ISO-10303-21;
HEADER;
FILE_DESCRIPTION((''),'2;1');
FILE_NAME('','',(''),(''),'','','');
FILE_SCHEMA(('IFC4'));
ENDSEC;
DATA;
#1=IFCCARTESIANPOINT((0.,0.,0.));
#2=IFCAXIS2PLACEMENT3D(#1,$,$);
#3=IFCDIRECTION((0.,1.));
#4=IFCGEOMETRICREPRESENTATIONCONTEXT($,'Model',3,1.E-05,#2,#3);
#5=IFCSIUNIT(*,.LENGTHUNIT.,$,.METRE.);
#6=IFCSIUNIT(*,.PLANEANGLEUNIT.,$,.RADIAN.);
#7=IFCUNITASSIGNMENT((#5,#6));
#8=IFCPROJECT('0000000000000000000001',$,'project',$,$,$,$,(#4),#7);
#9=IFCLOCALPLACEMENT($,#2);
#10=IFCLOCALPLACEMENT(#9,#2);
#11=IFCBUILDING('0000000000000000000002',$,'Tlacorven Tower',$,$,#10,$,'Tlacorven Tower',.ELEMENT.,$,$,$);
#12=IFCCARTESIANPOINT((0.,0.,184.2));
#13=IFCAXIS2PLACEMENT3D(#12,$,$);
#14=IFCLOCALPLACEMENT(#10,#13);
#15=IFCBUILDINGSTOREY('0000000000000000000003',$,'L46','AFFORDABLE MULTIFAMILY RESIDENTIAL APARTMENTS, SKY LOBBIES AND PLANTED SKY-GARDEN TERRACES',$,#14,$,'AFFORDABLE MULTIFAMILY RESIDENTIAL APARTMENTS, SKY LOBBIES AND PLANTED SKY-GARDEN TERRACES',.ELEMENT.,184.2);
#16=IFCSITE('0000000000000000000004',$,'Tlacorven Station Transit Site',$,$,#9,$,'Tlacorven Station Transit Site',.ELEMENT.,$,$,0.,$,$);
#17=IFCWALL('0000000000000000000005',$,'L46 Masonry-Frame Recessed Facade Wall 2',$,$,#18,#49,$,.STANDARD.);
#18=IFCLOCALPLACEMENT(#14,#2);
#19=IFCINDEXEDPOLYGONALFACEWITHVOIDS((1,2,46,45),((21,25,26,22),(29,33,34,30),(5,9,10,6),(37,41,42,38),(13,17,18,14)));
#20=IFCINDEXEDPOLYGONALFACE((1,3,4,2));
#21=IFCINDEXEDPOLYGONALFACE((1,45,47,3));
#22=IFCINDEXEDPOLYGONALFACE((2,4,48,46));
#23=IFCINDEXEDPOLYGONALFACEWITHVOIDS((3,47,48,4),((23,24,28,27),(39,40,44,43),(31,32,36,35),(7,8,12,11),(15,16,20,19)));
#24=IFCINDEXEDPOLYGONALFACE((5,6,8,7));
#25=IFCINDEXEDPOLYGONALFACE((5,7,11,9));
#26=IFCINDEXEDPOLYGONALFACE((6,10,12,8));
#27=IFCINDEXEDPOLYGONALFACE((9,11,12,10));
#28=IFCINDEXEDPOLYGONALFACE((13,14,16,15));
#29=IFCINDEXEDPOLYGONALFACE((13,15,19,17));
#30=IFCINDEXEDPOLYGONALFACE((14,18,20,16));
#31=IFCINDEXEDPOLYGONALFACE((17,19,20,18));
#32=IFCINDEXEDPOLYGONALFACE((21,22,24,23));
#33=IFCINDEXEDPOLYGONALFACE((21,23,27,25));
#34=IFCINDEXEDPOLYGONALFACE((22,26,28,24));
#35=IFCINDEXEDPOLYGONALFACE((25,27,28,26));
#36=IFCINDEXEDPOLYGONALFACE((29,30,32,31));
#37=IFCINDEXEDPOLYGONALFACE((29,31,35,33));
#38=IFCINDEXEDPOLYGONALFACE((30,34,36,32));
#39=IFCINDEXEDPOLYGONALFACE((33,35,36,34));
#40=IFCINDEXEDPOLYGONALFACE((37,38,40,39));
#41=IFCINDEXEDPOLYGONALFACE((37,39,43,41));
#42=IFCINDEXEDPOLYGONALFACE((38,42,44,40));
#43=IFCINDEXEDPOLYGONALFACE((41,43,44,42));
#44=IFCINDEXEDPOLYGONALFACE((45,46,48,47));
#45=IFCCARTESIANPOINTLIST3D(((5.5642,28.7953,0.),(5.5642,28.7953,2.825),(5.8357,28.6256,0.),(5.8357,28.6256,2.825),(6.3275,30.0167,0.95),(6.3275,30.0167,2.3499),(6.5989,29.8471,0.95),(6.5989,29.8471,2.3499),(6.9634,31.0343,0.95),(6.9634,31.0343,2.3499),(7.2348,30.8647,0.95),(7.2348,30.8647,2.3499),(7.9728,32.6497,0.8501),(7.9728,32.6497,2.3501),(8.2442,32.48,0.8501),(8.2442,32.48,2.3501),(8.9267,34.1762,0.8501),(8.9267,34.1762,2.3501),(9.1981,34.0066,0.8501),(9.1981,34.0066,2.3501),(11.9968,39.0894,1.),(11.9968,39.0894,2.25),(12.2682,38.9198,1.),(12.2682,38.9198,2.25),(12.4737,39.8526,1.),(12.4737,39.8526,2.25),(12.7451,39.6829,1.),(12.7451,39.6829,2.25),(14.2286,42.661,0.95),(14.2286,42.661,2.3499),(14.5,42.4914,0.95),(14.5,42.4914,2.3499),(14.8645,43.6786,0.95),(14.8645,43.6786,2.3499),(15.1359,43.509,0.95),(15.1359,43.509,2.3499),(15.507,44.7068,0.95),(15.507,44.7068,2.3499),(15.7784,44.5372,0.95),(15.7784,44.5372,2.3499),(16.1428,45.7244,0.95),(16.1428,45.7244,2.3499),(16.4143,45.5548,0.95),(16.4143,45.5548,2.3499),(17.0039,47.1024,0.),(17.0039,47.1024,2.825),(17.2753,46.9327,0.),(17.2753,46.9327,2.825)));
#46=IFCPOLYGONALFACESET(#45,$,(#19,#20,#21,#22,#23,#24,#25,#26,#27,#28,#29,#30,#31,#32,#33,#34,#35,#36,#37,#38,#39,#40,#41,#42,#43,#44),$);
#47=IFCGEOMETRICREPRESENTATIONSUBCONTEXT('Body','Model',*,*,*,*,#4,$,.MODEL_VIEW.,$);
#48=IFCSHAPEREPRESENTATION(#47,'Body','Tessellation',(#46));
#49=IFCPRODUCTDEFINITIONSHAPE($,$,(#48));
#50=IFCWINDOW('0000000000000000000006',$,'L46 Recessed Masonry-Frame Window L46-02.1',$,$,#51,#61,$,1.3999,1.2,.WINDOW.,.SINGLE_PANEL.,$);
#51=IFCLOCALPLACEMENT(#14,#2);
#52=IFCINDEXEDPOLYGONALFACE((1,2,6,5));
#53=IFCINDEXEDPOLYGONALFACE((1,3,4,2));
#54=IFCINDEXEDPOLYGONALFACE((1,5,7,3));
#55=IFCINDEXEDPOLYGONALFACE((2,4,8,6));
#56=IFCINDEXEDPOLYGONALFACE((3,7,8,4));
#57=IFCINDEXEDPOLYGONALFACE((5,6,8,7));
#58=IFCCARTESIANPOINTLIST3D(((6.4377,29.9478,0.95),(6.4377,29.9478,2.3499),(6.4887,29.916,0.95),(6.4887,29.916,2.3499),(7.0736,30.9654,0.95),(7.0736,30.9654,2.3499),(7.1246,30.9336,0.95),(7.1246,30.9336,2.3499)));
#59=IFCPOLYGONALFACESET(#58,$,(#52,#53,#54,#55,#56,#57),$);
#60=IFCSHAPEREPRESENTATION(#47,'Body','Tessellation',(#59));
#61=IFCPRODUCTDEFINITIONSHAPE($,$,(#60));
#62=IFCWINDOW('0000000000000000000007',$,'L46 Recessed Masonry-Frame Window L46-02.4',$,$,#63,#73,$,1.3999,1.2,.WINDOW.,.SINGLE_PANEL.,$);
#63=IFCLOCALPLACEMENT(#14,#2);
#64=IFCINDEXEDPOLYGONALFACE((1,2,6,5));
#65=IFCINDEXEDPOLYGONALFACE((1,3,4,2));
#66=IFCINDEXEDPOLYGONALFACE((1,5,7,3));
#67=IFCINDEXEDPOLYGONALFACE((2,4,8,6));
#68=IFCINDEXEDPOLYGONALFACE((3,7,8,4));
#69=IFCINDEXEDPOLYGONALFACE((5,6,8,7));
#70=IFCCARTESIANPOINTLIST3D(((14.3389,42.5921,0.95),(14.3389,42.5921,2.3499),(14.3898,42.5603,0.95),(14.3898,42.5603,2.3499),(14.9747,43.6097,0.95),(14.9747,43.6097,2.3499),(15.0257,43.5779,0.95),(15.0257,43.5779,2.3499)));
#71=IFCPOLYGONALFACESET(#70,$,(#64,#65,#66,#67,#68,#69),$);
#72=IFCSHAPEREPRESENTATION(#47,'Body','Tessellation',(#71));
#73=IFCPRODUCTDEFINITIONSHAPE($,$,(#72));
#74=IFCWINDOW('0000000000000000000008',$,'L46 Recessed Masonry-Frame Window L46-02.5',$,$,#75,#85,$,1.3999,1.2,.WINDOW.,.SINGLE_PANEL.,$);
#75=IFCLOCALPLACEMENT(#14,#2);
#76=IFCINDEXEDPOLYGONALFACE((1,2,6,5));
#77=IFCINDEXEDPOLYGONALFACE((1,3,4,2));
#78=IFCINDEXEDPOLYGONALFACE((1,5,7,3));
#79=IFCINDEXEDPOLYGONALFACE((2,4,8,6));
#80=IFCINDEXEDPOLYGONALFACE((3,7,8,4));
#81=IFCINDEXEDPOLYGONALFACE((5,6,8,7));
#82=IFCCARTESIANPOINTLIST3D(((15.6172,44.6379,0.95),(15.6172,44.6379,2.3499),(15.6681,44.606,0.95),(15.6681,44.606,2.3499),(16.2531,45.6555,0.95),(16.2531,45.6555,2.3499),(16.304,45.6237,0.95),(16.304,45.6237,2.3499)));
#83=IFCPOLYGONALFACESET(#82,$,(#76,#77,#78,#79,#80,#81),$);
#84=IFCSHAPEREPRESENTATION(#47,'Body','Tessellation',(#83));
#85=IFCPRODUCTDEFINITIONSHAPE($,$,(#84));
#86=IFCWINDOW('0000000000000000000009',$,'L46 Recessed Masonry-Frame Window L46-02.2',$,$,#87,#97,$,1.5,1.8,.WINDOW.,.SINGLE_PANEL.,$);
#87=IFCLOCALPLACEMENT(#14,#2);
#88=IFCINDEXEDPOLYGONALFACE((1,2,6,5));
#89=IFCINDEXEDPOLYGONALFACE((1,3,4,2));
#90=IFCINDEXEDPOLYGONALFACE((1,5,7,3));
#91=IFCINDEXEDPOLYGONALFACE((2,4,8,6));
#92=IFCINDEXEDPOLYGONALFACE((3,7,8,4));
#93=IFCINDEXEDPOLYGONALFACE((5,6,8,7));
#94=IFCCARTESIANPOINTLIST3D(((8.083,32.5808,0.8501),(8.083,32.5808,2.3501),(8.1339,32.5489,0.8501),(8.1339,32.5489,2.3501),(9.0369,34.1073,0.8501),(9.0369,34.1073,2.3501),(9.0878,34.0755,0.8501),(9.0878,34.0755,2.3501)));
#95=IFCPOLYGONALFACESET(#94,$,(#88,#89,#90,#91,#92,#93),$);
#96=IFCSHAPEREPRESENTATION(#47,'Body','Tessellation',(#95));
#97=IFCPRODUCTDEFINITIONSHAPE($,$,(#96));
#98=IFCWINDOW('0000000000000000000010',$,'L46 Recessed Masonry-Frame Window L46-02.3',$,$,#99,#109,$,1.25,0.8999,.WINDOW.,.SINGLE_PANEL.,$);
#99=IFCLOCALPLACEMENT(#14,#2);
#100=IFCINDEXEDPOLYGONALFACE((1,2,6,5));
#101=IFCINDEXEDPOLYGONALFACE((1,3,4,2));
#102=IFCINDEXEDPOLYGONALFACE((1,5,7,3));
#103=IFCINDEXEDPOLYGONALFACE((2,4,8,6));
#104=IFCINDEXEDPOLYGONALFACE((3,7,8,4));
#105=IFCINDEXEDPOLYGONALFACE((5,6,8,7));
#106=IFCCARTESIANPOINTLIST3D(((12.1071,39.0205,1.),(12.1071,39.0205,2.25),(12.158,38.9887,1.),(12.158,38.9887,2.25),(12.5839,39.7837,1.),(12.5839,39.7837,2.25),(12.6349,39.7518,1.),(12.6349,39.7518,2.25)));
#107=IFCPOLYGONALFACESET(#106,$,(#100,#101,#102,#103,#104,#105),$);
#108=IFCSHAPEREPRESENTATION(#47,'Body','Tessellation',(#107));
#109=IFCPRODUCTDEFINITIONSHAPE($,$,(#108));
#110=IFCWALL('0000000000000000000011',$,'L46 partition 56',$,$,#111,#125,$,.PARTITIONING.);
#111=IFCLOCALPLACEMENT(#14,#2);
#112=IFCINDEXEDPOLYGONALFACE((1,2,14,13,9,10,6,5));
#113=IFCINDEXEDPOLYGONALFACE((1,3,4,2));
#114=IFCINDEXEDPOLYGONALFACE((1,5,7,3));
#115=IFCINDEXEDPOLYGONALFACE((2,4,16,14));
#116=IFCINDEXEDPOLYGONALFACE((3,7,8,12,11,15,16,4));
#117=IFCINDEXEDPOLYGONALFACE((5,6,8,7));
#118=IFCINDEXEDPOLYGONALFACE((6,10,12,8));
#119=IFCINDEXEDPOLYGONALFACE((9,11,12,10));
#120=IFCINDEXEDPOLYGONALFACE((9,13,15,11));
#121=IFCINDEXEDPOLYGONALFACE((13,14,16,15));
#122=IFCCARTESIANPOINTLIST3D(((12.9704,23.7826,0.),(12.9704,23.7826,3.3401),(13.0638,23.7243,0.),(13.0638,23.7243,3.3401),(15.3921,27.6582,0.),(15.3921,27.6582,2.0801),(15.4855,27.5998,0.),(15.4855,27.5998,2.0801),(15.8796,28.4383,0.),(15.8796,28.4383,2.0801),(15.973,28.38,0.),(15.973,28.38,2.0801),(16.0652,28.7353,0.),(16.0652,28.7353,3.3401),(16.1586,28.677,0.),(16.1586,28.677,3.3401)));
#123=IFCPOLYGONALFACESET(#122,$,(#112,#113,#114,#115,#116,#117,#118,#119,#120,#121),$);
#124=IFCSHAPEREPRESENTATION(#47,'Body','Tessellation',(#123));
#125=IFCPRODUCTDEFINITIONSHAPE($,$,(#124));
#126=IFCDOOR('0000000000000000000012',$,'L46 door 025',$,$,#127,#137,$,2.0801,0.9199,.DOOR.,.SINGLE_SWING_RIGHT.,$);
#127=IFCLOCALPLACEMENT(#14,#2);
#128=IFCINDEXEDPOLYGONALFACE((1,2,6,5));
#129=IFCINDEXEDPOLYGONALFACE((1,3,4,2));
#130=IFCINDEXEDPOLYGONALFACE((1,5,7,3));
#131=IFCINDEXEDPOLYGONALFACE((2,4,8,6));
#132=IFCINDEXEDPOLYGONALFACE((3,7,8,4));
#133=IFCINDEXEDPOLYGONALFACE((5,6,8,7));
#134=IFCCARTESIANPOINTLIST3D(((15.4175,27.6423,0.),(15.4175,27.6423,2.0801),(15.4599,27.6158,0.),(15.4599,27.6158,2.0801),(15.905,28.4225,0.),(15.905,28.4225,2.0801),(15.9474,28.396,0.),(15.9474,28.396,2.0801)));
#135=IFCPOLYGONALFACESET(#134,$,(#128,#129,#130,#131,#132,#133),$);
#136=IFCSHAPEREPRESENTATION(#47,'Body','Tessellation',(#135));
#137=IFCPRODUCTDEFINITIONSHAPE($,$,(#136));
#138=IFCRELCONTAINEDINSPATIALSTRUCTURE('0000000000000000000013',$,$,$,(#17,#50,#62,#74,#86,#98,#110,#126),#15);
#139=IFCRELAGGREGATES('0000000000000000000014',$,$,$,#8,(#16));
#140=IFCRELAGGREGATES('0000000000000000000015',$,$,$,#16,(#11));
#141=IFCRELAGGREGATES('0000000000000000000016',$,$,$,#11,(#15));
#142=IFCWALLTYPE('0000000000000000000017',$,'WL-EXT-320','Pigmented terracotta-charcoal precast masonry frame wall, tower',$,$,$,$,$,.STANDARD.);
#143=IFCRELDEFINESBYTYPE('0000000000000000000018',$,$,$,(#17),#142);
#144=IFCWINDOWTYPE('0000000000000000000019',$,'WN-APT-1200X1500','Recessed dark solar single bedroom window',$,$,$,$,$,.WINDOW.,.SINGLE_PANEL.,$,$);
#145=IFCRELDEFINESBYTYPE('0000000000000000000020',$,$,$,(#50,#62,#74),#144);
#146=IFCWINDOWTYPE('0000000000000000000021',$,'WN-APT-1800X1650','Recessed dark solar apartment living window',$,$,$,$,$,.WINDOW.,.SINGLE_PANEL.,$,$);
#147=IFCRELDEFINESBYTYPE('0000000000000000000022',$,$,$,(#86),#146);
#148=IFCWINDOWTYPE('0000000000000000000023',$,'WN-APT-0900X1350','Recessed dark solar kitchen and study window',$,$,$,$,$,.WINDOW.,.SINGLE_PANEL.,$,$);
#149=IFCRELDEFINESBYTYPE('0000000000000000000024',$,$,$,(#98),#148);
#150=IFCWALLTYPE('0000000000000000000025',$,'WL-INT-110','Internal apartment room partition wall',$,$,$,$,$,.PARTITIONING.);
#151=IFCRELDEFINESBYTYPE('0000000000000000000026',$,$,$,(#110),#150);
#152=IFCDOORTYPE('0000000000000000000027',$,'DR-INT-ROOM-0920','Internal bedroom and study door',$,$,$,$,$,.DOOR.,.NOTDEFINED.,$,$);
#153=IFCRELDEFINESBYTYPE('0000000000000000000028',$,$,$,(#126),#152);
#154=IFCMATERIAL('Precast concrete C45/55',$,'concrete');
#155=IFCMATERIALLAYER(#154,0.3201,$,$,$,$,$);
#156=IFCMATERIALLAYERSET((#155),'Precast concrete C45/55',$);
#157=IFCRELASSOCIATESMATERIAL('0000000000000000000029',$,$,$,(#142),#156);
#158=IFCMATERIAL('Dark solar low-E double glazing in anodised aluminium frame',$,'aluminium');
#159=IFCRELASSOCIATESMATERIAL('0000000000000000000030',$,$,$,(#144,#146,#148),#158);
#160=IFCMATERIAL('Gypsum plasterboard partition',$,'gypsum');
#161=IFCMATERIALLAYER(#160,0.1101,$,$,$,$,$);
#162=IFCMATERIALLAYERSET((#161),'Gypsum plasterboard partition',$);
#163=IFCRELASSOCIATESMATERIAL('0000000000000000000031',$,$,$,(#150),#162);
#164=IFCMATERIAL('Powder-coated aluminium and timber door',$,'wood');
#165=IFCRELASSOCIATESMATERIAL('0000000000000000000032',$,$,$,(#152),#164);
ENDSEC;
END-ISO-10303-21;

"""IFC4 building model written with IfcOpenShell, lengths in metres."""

from ifc_helpers import new_model, si_unit, direction, frame, frame_2d, origin, place, context, subcontext, project, spatial, rectangle, extrude, source, transform, mapped, material, layer, layer_set, type_object, element, fill, save


model = new_model("IFC4")

# Units and contexts
model_context = context("Model", 3, precision=1e-05, world=origin(), true_north=direction((0.0, 1.0)))
body_context = subcontext(model_context, "Body", "Model", "MODEL_VIEW")
ifc_project = project(units=[si_unit("LENGTHUNIT", "METRE"), si_unit("PLANEANGLEUNIT", "RADIAN")], contexts=[model_context])

# Site, building, storey
site_placement = place(None, origin())
site = spatial("IfcSite", under=ifc_project, at=site_placement, Name="Tlacorven Station Transit Site", LongName="Tlacorven Station Transit Site", CompositionType="ELEMENT", RefElevation=0.0)
building_placement = place(site_placement, origin())
building = spatial("IfcBuilding", under=site, at=building_placement, Name="Tlacorven Tower", LongName="Tlacorven Tower", CompositionType="ELEMENT")
storey_placement = place(building_placement, frame((0.0, 0.0, 184.2)))
storey = spatial("IfcBuildingStorey", under=building, at=storey_placement, Name="L46", Description="AFFORDABLE MULTIFAMILY RESIDENTIAL APARTMENTS, SKY LOBBIES AND PLANTED SKY-GARDEN TERRACES", LongName="AFFORDABLE MULTIFAMILY RESIDENTIAL APARTMENTS, SKY LOBBIES AND PLANTED SKY-GARDEN TERRACES", CompositionType="ELEMENT", Elevation=184.2)

# Wall, openings, windows
ifc_material_1 = material(Name="Precast concrete C45/55", Category="concrete")
ifc_layer_1 = layer(ifc_material_1, 0.3201)
ifc_layer_set_1 = layer_set([ifc_layer_1], Name="Precast concrete C45/55")
wall_type_1 = type_object("IfcWallType", Name="WL-EXT-320", Description="Pigmented terracotta-charcoal precast masonry frame wall, tower", PredefinedType="STANDARD", material=ifc_layer_set_1)
wall_1_placement = place(storey_placement, frame((5.7, 28.7104, 0.0), z_axis=(0.0, 0.0, 1.0), x_axis=(0.529924, 0.848045, 0.0)))
wall_1 = element("IfcWall", 1, at=wall_1_placement, inside=storey, type_object=wall_type_1, Name="L46 Masonry-Frame Recessed Facade Wall 2", PredefinedType="STANDARD", context=body_context, shape_type="SweptSolid", body=[
    extrude(rectangle(XDim=21.5874, YDim=0.3201, at=frame_2d((10.7937, 0.0))), origin(), (0.0, 0.0, 1.0), 2.825),
])
opening_1_placement = place(wall_1_placement, frame((1.4402, 0.0, 0.95)))
opening_1 = element("IfcOpeningElement", 2, at=opening_1_placement, cuts=wall_1, PredefinedType="OPENING", context=body_context, shape_type="SweptSolid", body=[
    extrude(rectangle(XDim=1.2, YDim=1.3999, at=frame_2d((0.6001, 0.7))), frame((0.0, 0.1699, 0.0), z_axis=(0.0, -1.0, 0.0), x_axis=(1.0, 0.0, 0.0)), (0.0, 0.0, 1.0), 0.3401),
])
opening_2_placement = place(wall_1_placement, frame((4.5452, 0.0, 0.8501)))
opening_2 = element("IfcOpeningElement", 3, at=opening_2_placement, cuts=wall_1, PredefinedType="OPENING", context=body_context, shape_type="SweptSolid", body=[
    extrude(rectangle(XDim=1.8, YDim=1.5, at=frame_2d((0.8999, 0.75))), frame((0.0, 0.1699, 0.0), z_axis=(0.0, -1.0, 0.0), x_axis=(1.0, 0.0, 0.0)), (0.0, 0.0, 1.0), 0.3401),
])
opening_3_placement = place(wall_1_placement, frame((12.1387, 0.0, 1.0)))
opening_3 = element("IfcOpeningElement", 4, at=opening_3_placement, cuts=wall_1, PredefinedType="OPENING", context=body_context, shape_type="SweptSolid", body=[
    extrude(rectangle(XDim=0.8999, YDim=1.25, at=frame_2d((0.45, 0.625))), frame((0.0, 0.1699, 0.0), z_axis=(0.0, -1.0, 0.0), x_axis=(1.0, 0.0, 0.0)), (0.0, 0.0, 1.0), 0.3401),
])
opening_4_placement = place(wall_1_placement, frame((16.3501, 0.0, 0.95)))
opening_4 = element("IfcOpeningElement", 5, at=opening_4_placement, cuts=wall_1, PredefinedType="OPENING", context=body_context, shape_type="SweptSolid", body=[
    extrude(rectangle(XDim=1.2, YDim=1.3999, at=frame_2d((0.6001, 0.7))), frame((0.0, 0.1699, 0.0), z_axis=(0.0, -1.0, 0.0), x_axis=(1.0, 0.0, 0.0)), (0.0, 0.0, 1.0), 0.3401),
])
opening_5_placement = place(wall_1_placement, frame((18.7625, 0.0, 0.95)))
opening_5 = element("IfcOpeningElement", 6, at=opening_5_placement, cuts=wall_1, PredefinedType="OPENING", context=body_context, shape_type="SweptSolid", body=[
    extrude(rectangle(XDim=1.2, YDim=1.3999, at=frame_2d((0.6001, 0.7))), frame((0.0, 0.1699, 0.0), z_axis=(0.0, -1.0, 0.0), x_axis=(1.0, 0.0, 0.0)), (0.0, 0.0, 1.0), 0.3401),
])
ifc_material_2 = material(Name="Dark solar low-E double glazing in anodised aluminium frame", Category="aluminium")
window_type_1 = type_object("IfcWindowType", Name="WN-APT-1200X1500", Description="Recessed dark solar single bedroom window", PartitioningType="SINGLE_PANEL", PredefinedType="WINDOW", material=ifc_material_2)
shared_shape_1 = source(origin(), body_context, "Body", "SweptSolid", [
    extrude(rectangle(XDim=1.2, YDim=1.3999, at=frame_2d((0.6001, 0.7))), frame((0.0, 0.03, 0.0), z_axis=(0.0, -1.0, 0.0), x_axis=(1.0, 0.0, 0.0)), (0.0, 0.0, 1.0), 0.0601),
])
window_1_placement = place(opening_1_placement, origin())
window_1 = element("IfcWindow", 7, at=window_1_placement, inside=storey, type_object=window_type_1, Name="L46 Recessed Masonry-Frame Window L46-02.1", OverallHeight=1.3999, OverallWidth=1.2, PartitioningType="SINGLE_PANEL", PredefinedType="WINDOW", context=body_context, shape_type="MappedRepresentation", body=[
    mapped(shared_shape_1, transform((0.0, 0.0, 0.0), scale=1.0)),
])
fill(opening_1, window_1)
window_2_placement = place(opening_4_placement, origin())
window_2 = element("IfcWindow", 8, at=window_2_placement, inside=storey, type_object=window_type_1, Name="L46 Recessed Masonry-Frame Window L46-02.4", OverallHeight=1.3999, OverallWidth=1.2, PartitioningType="SINGLE_PANEL", PredefinedType="WINDOW", context=body_context, shape_type="MappedRepresentation", body=[
    mapped(shared_shape_1, transform((0.0, 0.0, 0.0), scale=1.0)),
])
fill(opening_4, window_2)
window_3_placement = place(opening_5_placement, origin())
window_3 = element("IfcWindow", 9, at=window_3_placement, inside=storey, type_object=window_type_1, Name="L46 Recessed Masonry-Frame Window L46-02.5", OverallHeight=1.3999, OverallWidth=1.2, PartitioningType="SINGLE_PANEL", PredefinedType="WINDOW", context=body_context, shape_type="MappedRepresentation", body=[
    mapped(shared_shape_1, transform((0.0, 0.0, 0.0), scale=1.0)),
])
fill(opening_5, window_3)
window_type_2 = type_object("IfcWindowType", Name="WN-APT-1800X1650", Description="Recessed dark solar apartment living window", PartitioningType="SINGLE_PANEL", PredefinedType="WINDOW", material=ifc_material_2)
shared_shape_2 = source(origin(), body_context, "Body", "SweptSolid", [
    extrude(rectangle(XDim=1.8, YDim=1.5, at=frame_2d((0.8999, 0.75))), frame((0.0, 0.03, 0.0), z_axis=(0.0, -1.0, 0.0), x_axis=(1.0, 0.0, 0.0)), (0.0, 0.0, 1.0), 0.0601),
])
window_4_placement = place(opening_2_placement, origin())
window_4 = element("IfcWindow", 10, at=window_4_placement, inside=storey, type_object=window_type_2, Name="L46 Recessed Masonry-Frame Window L46-02.2", OverallHeight=1.5, OverallWidth=1.8, PartitioningType="SINGLE_PANEL", PredefinedType="WINDOW", context=body_context, shape_type="MappedRepresentation", body=[
    mapped(shared_shape_2, transform((0.0, 0.0, 0.0), scale=1.0)),
])
fill(opening_2, window_4)
window_type_3 = type_object("IfcWindowType", Name="WN-APT-0900X1350", Description="Recessed dark solar kitchen and study window", PartitioningType="SINGLE_PANEL", PredefinedType="WINDOW", material=ifc_material_2)
shared_shape_3 = source(origin(), body_context, "Body", "SweptSolid", [
    extrude(rectangle(XDim=0.8999, YDim=1.25, at=frame_2d((0.45, 0.625))), frame((0.0, 0.03, 0.0), z_axis=(0.0, -1.0, 0.0), x_axis=(1.0, 0.0, 0.0)), (0.0, 0.0, 1.0), 0.0601),
])
window_5_placement = place(opening_3_placement, origin())
window_5 = element("IfcWindow", 11, at=window_5_placement, inside=storey, type_object=window_type_3, Name="L46 Recessed Masonry-Frame Window L46-02.3", OverallHeight=1.25, OverallWidth=0.8999, PartitioningType="SINGLE_PANEL", PredefinedType="WINDOW", context=body_context, shape_type="MappedRepresentation", body=[
    mapped(shared_shape_3, transform((0.0, 0.0, 0.0), scale=1.0)),
])
fill(opening_3, window_5)

# Wall, opening, door
ifc_material_3 = material(Name="Gypsum plasterboard partition", Category="gypsum")
ifc_layer_2 = layer(ifc_material_3, 0.1101)
ifc_layer_set_2 = layer_set([ifc_layer_2], Name="Gypsum plasterboard partition")
wall_type_2 = type_object("IfcWallType", Name="WL-INT-110", Description="Internal apartment room partition wall", PredefinedType="PARTITIONING", material=ifc_layer_set_2)
wall_2_placement = place(storey_placement, frame((16.1118, 28.7061, 0.0), z_axis=(0.0, 0.0, 1.0), x_axis=(-0.529916, -0.84805, 0.0)))
wall_2 = element("IfcWall", 12, at=wall_2_placement, inside=storey, type_object=wall_type_2, Name="L46 partition 56", PredefinedType="PARTITIONING", context=body_context, shape_type="SweptSolid", body=[
    extrude(rectangle(XDim=5.8401, YDim=0.1101, at=frame_2d((2.9199, 0.0))), origin(), (0.0, 0.0, 1.0), 3.3401),
])
opening_6_placement = place(wall_2_placement, frame((0.3501, 0.0, 0.0)))
opening_6 = element("IfcOpeningElement", 13, at=opening_6_placement, cuts=wall_2, PredefinedType="OPENING", context=body_context, shape_type="SweptSolid", body=[
    extrude(rectangle(XDim=0.9199, YDim=2.0801, at=frame_2d((0.46, 1.04))), frame((0.0, 0.0649, 0.0), z_axis=(0.0, -1.0, 0.0), x_axis=(1.0, 0.0, 0.0)), (0.0, 0.0, 1.0), 0.1301),
])
ifc_material_4 = material(Name="Powder-coated aluminium and timber door", Category="wood")
door_type_1 = type_object("IfcDoorType", Name="DR-INT-ROOM-0920", Description="Internal bedroom and study door", OperationType="NOTDEFINED", PredefinedType="DOOR", material=ifc_material_4)
shared_shape_4 = source(origin(), body_context, "Body", "SweptSolid", [
    extrude(rectangle(XDim=0.9199, YDim=2.0801, at=frame_2d((0.46, 1.04))), frame((0.0, 0.0249, 0.0), z_axis=(0.0, -1.0, 0.0), x_axis=(1.0, 0.0, 0.0)), (0.0, 0.0, 1.0), 0.05),
])
door_1_placement = place(opening_6_placement, origin())
door_1 = element("IfcDoor", 14, at=door_1_placement, inside=storey, type_object=door_type_1, Name="L46 door 025", OperationType="SINGLE_SWING_RIGHT", OverallHeight=2.0801, OverallWidth=0.9199, PredefinedType="DOOR", context=body_context, shape_type="MappedRepresentation", body=[
    mapped(shared_shape_4, transform((0.0, 0.0, 0.0), scale=1.0)),
])
fill(opening_6, door_1)

save(model, "model.ifc")
